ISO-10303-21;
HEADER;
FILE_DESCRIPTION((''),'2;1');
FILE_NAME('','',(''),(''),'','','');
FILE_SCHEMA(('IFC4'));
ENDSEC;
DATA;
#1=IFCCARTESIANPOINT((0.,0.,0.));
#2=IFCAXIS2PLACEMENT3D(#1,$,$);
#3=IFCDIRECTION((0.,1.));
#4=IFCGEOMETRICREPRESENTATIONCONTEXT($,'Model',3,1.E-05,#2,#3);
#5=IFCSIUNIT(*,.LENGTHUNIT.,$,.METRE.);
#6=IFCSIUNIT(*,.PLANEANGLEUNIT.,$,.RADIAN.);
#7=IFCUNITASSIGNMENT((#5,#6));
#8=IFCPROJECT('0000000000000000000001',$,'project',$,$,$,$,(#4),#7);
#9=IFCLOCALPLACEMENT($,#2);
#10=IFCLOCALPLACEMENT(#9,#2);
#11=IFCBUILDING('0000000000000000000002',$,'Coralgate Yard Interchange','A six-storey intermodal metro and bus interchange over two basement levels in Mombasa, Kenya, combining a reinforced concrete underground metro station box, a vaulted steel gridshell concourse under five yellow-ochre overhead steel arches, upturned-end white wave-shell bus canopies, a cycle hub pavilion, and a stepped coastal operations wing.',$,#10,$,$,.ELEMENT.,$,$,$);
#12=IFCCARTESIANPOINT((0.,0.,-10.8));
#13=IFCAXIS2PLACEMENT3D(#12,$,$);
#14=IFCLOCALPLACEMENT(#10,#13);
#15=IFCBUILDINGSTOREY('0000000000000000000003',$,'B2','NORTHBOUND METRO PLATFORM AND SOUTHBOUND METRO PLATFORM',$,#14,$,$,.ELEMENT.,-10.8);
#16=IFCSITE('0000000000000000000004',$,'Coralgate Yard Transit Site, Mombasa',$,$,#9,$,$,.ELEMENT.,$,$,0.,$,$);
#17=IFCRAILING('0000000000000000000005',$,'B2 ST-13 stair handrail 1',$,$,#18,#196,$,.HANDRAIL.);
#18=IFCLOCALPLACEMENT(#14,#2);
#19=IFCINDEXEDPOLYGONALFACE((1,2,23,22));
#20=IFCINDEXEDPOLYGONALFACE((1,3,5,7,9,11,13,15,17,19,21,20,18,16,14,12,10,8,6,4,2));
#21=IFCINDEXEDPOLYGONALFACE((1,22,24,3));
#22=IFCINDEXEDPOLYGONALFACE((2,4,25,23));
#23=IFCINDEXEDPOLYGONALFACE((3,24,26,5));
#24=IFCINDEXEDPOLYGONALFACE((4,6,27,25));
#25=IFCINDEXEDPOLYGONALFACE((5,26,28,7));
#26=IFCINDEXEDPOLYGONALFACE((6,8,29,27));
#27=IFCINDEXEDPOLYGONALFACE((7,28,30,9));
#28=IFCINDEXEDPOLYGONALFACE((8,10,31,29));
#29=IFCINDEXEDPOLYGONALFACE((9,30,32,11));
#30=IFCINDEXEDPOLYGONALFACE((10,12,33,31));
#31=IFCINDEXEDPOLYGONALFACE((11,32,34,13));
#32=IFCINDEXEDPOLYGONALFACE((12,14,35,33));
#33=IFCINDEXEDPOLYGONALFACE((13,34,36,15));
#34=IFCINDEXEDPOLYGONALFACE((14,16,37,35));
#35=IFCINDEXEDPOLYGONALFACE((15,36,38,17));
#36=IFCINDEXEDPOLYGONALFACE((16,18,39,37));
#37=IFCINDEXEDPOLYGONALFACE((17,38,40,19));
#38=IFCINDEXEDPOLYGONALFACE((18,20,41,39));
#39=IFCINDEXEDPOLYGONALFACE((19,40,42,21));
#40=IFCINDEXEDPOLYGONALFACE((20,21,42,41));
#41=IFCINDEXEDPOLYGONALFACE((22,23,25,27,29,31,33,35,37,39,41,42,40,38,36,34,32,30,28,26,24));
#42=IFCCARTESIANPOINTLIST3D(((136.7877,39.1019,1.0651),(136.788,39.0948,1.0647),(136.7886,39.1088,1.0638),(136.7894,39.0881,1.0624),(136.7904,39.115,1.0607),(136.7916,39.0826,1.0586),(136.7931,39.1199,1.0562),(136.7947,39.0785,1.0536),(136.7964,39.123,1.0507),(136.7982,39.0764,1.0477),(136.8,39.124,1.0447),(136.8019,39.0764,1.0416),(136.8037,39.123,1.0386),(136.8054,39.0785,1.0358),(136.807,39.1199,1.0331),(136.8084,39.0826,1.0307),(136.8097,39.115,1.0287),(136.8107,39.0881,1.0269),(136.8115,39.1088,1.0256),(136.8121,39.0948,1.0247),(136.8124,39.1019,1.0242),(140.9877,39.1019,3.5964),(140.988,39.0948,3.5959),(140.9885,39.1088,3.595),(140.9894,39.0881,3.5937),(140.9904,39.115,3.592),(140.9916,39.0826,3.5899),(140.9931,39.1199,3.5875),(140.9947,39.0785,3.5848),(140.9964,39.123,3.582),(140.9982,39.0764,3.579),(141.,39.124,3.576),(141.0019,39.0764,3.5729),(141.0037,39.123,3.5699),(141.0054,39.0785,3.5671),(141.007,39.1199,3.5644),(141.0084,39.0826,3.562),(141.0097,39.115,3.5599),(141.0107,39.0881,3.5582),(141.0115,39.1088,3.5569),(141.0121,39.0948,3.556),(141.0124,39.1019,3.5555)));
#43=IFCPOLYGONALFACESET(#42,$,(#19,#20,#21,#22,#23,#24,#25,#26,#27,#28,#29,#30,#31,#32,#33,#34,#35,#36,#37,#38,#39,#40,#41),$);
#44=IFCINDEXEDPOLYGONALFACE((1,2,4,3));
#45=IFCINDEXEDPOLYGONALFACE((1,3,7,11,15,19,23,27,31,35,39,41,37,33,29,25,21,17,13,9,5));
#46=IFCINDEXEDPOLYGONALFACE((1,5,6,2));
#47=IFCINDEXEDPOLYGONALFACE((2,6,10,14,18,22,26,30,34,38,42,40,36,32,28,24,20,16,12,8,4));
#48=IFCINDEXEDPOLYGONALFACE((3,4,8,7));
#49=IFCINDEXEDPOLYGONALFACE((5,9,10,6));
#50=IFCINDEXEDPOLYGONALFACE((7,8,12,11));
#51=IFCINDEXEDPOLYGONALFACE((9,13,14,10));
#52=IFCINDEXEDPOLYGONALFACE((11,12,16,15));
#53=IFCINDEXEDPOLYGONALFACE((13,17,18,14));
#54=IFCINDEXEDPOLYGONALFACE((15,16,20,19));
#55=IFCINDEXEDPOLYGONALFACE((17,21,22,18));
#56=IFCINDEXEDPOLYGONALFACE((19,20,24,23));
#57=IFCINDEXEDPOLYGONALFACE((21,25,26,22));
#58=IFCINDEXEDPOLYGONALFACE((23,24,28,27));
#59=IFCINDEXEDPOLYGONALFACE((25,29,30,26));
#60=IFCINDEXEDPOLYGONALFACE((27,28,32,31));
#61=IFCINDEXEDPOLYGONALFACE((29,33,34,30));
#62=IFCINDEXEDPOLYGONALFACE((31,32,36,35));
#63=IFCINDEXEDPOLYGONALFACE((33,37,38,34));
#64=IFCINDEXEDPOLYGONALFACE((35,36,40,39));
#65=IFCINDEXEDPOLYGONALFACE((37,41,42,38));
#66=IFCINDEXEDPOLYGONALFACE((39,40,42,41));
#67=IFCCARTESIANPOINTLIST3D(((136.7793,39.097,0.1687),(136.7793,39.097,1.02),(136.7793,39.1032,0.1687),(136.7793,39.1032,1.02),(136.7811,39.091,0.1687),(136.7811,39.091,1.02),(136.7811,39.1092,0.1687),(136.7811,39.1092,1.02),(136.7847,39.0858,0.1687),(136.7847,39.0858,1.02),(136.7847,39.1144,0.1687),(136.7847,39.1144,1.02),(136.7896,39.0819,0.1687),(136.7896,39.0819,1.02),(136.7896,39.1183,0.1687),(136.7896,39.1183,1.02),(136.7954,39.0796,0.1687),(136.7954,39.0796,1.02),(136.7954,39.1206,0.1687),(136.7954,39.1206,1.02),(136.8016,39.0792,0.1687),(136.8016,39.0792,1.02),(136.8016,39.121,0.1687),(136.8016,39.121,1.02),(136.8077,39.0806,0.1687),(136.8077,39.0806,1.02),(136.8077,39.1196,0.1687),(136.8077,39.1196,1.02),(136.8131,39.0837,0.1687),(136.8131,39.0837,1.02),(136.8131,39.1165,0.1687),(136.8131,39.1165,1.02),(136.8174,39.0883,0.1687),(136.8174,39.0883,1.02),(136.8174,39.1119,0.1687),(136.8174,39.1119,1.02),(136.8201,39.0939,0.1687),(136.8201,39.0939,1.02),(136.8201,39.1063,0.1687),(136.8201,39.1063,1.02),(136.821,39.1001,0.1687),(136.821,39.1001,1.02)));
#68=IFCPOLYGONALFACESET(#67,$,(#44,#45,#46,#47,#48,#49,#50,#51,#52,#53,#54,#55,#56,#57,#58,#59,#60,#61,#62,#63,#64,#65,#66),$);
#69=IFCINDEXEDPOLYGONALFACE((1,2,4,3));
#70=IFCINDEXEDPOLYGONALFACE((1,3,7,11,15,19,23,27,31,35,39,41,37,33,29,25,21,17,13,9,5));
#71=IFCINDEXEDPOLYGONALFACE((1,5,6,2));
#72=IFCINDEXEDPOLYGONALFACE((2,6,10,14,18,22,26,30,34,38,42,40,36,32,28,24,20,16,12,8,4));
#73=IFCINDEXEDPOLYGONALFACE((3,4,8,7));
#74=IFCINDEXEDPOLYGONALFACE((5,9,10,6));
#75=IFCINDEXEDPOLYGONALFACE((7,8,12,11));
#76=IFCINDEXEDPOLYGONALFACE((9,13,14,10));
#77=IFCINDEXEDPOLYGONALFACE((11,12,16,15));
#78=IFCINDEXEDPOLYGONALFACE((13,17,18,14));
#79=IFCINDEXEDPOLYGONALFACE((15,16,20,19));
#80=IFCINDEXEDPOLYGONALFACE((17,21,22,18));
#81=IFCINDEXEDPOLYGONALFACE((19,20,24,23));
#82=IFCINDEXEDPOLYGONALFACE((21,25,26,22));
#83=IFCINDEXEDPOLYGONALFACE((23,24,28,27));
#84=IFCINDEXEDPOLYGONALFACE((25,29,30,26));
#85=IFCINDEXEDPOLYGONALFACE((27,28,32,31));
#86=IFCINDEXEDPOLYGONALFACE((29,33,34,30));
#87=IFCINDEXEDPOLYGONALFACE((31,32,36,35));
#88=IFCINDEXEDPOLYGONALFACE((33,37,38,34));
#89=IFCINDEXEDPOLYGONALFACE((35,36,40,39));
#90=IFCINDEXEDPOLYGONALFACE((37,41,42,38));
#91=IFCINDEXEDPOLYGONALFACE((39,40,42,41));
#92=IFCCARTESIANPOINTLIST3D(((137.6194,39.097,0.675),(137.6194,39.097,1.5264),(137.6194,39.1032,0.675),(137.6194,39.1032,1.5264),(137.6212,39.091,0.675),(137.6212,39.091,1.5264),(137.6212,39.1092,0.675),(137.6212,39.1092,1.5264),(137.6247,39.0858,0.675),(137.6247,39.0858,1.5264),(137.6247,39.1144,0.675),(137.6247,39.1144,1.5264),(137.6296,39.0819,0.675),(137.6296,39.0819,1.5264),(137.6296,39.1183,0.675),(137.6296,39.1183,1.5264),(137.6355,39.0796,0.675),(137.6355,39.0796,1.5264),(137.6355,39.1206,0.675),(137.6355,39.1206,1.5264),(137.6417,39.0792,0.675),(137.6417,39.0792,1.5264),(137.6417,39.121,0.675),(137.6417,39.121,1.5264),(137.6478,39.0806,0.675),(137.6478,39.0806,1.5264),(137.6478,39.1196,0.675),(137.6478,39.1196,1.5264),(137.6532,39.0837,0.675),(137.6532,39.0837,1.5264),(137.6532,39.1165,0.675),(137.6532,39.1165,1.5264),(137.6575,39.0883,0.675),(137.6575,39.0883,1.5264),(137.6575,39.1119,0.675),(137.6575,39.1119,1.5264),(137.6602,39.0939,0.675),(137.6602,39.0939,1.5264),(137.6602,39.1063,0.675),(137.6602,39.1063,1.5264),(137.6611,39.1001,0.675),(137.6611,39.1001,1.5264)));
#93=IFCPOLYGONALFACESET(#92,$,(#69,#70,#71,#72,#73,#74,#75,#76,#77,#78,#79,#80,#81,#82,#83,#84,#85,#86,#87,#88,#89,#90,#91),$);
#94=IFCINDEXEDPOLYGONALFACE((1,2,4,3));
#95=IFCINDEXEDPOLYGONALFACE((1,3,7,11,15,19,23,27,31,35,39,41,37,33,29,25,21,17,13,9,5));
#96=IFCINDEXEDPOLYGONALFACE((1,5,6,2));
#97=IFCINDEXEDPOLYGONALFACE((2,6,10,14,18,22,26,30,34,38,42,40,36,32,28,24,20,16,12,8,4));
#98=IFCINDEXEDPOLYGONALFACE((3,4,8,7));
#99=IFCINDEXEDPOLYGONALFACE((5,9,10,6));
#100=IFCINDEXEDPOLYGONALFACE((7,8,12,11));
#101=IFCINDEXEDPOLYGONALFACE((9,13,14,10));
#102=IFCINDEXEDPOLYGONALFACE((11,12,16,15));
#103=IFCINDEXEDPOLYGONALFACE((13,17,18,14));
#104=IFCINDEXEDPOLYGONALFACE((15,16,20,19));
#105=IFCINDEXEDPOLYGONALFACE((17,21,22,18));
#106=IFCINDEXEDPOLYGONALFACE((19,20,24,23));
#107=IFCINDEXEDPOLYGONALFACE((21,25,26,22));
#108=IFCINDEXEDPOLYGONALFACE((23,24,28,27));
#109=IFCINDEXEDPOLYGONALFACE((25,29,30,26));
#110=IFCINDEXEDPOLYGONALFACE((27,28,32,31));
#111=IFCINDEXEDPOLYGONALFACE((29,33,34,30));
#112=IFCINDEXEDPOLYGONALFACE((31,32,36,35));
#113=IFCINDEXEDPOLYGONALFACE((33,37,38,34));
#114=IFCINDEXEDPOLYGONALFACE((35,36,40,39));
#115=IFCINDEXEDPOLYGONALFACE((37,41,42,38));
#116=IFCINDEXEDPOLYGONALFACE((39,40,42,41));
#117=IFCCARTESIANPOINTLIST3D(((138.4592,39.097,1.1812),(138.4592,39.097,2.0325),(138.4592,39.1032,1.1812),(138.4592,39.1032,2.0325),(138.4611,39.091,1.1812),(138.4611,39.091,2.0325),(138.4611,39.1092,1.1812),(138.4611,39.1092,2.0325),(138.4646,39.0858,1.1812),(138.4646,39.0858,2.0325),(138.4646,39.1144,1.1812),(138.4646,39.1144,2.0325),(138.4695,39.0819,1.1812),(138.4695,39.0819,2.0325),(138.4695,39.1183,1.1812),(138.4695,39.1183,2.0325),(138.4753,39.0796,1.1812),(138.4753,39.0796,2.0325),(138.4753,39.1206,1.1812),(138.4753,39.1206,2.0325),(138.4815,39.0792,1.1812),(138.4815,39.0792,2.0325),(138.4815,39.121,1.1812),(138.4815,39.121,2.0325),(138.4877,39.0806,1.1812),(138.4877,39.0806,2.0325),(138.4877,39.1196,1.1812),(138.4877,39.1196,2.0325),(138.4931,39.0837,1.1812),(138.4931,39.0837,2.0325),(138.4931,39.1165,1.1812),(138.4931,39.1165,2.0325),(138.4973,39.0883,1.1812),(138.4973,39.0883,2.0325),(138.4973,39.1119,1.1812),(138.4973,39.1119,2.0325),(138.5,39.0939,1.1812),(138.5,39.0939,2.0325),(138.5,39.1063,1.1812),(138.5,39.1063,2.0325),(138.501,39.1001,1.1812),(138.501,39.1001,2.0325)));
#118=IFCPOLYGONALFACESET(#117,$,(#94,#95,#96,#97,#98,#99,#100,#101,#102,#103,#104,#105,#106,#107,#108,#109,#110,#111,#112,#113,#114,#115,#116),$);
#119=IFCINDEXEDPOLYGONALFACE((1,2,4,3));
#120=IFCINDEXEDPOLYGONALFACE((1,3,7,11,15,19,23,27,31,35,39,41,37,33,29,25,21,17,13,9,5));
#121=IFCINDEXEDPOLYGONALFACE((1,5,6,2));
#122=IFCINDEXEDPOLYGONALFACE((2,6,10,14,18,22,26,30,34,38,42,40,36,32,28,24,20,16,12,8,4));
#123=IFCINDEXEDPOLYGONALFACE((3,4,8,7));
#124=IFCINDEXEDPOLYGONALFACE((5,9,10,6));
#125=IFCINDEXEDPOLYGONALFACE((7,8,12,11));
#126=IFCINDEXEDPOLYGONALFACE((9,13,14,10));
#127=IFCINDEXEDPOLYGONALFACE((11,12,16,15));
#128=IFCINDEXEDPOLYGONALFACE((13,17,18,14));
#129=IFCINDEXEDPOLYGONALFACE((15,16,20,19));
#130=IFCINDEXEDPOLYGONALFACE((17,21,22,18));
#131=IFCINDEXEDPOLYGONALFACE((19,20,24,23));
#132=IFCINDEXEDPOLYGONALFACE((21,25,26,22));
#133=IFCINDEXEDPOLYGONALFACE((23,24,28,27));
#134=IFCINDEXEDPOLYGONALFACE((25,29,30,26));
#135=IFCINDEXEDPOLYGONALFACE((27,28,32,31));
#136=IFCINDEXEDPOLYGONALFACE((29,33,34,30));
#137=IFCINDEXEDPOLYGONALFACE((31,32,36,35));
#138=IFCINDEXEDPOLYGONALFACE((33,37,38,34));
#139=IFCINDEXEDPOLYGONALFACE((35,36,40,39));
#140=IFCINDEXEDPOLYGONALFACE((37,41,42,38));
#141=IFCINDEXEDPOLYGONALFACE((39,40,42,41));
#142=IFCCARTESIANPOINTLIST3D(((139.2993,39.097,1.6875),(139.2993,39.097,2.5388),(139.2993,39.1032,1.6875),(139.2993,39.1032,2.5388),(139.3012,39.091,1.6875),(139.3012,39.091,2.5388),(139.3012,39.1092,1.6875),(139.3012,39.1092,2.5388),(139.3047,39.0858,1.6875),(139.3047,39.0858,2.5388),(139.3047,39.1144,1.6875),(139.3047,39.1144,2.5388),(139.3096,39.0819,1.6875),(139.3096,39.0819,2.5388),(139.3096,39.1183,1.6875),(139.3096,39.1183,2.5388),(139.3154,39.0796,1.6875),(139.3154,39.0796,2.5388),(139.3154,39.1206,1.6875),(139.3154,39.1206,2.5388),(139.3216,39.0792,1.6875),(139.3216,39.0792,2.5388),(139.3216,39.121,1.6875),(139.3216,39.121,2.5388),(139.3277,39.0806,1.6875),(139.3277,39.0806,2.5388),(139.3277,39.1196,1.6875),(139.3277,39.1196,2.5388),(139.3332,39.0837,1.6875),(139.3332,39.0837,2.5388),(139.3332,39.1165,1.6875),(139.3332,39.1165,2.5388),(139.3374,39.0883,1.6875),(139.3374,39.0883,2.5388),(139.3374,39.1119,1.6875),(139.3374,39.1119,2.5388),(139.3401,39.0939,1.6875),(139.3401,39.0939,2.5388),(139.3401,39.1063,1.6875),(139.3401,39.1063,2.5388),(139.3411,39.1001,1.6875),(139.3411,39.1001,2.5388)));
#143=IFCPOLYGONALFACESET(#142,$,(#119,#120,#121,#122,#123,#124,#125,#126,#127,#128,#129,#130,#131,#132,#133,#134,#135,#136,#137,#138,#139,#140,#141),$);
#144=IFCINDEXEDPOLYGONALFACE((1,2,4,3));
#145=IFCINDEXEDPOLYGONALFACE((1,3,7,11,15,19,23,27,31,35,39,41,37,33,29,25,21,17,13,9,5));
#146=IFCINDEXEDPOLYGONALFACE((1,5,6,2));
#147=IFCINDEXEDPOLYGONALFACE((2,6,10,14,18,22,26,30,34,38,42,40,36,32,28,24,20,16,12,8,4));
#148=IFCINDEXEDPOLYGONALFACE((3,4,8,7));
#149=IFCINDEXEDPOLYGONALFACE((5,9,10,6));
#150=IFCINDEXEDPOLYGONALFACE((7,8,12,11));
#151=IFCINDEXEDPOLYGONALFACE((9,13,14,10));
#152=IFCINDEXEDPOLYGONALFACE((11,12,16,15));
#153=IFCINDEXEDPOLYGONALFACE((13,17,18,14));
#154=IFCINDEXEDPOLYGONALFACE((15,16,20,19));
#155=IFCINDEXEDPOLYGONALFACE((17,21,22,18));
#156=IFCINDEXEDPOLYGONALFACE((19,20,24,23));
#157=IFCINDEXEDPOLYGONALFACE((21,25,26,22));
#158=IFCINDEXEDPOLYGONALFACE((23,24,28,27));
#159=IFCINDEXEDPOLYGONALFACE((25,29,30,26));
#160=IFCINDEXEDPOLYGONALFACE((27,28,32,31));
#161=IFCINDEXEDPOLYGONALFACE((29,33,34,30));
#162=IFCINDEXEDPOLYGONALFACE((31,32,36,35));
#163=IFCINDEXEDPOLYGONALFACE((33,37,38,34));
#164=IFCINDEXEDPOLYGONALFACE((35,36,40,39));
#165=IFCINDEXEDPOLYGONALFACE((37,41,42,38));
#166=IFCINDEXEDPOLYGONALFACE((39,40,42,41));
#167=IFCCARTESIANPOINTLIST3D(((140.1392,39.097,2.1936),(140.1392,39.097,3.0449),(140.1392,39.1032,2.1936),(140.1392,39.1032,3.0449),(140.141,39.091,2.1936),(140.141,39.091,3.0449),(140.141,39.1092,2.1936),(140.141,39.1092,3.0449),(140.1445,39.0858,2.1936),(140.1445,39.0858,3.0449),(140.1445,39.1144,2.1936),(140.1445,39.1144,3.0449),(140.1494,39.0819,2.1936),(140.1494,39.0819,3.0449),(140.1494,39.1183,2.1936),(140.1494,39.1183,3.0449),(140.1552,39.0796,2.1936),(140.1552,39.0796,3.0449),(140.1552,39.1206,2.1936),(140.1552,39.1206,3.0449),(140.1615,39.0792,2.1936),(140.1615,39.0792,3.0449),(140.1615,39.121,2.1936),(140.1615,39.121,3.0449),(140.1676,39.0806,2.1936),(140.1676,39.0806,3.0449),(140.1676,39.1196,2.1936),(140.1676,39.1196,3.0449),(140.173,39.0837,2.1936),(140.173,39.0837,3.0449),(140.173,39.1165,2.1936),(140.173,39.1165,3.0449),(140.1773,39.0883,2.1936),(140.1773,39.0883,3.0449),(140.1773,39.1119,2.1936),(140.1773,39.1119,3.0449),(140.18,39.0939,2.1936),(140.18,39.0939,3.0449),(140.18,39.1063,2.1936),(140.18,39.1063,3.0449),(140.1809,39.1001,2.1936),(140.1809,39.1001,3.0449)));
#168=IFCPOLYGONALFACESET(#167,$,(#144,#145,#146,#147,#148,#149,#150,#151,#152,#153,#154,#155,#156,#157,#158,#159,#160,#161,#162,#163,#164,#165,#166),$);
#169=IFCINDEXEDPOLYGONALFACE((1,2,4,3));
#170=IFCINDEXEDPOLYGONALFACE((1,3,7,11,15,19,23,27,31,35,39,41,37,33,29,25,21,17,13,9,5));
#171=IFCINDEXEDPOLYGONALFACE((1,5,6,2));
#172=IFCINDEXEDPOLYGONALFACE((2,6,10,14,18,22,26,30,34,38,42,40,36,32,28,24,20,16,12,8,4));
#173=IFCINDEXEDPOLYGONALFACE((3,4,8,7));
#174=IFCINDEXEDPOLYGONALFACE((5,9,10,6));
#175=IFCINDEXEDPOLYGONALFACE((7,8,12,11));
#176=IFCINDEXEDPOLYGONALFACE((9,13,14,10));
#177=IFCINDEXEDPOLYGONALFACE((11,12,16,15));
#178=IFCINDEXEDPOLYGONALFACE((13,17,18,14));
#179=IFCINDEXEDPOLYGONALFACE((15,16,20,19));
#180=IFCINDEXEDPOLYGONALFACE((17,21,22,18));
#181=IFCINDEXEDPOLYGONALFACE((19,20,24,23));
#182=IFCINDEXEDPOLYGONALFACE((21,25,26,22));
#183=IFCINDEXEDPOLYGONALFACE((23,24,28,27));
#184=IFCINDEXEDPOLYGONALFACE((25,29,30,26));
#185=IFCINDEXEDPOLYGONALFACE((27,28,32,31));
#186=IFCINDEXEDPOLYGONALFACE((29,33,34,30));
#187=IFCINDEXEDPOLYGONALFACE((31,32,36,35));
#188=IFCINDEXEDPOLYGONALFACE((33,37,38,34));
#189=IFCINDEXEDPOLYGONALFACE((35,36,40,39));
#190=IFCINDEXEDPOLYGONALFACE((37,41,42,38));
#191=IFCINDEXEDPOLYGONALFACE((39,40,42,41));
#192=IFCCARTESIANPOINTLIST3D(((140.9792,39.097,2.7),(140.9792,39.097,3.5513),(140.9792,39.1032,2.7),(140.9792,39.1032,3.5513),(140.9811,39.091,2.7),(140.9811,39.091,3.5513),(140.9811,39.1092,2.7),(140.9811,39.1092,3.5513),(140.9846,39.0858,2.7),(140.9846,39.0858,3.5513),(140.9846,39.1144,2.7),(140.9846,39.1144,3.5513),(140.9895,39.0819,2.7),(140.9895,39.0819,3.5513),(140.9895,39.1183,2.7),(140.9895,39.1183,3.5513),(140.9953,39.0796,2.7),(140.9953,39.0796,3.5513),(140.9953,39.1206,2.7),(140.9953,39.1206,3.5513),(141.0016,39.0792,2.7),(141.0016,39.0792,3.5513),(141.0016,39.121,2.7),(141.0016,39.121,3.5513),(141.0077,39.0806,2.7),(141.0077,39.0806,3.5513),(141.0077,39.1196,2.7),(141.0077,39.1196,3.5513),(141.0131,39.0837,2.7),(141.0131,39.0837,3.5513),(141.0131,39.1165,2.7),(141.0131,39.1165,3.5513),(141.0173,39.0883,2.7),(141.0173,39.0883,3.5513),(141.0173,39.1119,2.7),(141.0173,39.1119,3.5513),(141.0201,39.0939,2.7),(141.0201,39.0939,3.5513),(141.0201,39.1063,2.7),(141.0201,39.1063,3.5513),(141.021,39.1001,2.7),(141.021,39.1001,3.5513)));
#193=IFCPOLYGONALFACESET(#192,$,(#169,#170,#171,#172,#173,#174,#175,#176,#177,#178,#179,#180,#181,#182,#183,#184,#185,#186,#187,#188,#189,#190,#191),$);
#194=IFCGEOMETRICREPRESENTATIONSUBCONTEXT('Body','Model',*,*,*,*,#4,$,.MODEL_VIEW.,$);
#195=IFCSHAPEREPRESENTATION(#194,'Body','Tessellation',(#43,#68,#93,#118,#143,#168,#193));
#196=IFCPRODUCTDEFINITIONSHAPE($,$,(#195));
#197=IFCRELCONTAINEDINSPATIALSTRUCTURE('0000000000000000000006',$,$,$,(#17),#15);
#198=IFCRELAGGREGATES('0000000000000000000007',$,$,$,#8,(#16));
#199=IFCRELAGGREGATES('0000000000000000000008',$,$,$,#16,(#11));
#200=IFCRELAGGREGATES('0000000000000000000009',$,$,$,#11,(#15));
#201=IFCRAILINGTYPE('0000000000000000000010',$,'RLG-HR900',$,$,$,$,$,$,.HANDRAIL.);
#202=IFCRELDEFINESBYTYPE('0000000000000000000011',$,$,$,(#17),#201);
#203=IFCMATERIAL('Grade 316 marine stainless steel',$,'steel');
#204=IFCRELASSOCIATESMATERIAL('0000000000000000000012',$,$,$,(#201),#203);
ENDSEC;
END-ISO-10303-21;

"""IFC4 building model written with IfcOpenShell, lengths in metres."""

from ifc_helpers import new_model, si_unit, direction, frame, origin, origin_2d, place, context, subcontext, project, spatial, circle, extrude, material, type_object, element, save


model = new_model("IFC4")

# Units and contexts
model_context = context("Model", 3, precision=1e-05, world=origin(), true_north=direction((0.0, 1.0)))
body_context = subcontext(model_context, "Body", "Model", "MODEL_VIEW")
ifc_project = project(units=[si_unit("LENGTHUNIT", "METRE"), si_unit("PLANEANGLEUNIT", "RADIAN")], contexts=[model_context])

# Site, building, storey
site_placement = place(None, origin())
site = spatial("IfcSite", under=ifc_project, at=site_placement, Name="Coralgate Yard Transit Site, Mombasa", CompositionType="ELEMENT", RefElevation=0.0)
building_placement = place(site_placement, origin())
building = spatial("IfcBuilding", under=site, at=building_placement, Name="Coralgate Yard Interchange", Description="A six-storey intermodal metro and bus interchange over two basement levels in Mombasa, Kenya, combining a reinforced concrete underground metro station box, a vaulted steel gridshell concourse under five yellow-ochre overhead steel arches, upturned-end white wave-shell bus canopies, a cycle hub pavilion, and a stepped coastal operations wing.", CompositionType="ELEMENT")
storey_placement = place(building_placement, frame((0.0, 0.0, -10.8)))
storey = spatial("IfcBuildingStorey", under=building, at=storey_placement, Name="B2", Description="NORTHBOUND METRO PLATFORM AND SOUTHBOUND METRO PLATFORM", CompositionType="ELEMENT", Elevation=-10.8)

# Railing
ifc_material_1 = material(Name="Grade 316 marine stainless steel", Category="steel")
railing_type_1 = type_object("IfcRailingType", Name="RLG-HR900", PredefinedType="HANDRAIL", material=ifc_material_1)
railing_1_placement = place(storey_placement, frame((136.8, 39.1001, 0.1687)))
element("IfcRailing", 1, at=railing_1_placement, inside=storey, type_object=railing_type_1, Name="B2 ST-13 stair handrail 1", PredefinedType="HANDRAIL", context=body_context, shape_type="SweptSolid", body=[
    extrude(circle(Radius=0.0239, at=origin_2d()), frame((0.0, 0.0, 0.876), z_axis=(0.856476, 0.0, 0.516186), x_axis=(0.0, 1.0, 0.0)), (0.0, 0.0, 1.0), 4.9038),
    extrude(circle(Radius=0.021, at=origin_2d()), origin(), (0.0, 0.0, 1.0), 0.8513),
    extrude(circle(Radius=0.021, at=origin_2d()), frame((0.8401, 0.0, 0.5063)), (0.0, 0.0, 1.0), 0.8513),
    extrude(circle(Radius=0.021, at=origin_2d()), frame((1.6799, 0.0, 1.0125)), (0.0, 0.0, 1.0), 0.8513),
    extrude(circle(Radius=0.021, at=origin_2d()), frame((2.52, 0.0, 1.5188)), (0.0, 0.0, 1.0), 0.8513),
    extrude(circle(Radius=0.021, at=origin_2d()), frame((3.3599, 0.0, 2.0249)), (0.0, 0.0, 1.0), 0.8513),
    extrude(circle(Radius=0.021, at=origin_2d()), frame((4.2, 0.0, 2.5312)), (0.0, 0.0, 1.0), 0.8513),
])

save(model, "model.ifc")
